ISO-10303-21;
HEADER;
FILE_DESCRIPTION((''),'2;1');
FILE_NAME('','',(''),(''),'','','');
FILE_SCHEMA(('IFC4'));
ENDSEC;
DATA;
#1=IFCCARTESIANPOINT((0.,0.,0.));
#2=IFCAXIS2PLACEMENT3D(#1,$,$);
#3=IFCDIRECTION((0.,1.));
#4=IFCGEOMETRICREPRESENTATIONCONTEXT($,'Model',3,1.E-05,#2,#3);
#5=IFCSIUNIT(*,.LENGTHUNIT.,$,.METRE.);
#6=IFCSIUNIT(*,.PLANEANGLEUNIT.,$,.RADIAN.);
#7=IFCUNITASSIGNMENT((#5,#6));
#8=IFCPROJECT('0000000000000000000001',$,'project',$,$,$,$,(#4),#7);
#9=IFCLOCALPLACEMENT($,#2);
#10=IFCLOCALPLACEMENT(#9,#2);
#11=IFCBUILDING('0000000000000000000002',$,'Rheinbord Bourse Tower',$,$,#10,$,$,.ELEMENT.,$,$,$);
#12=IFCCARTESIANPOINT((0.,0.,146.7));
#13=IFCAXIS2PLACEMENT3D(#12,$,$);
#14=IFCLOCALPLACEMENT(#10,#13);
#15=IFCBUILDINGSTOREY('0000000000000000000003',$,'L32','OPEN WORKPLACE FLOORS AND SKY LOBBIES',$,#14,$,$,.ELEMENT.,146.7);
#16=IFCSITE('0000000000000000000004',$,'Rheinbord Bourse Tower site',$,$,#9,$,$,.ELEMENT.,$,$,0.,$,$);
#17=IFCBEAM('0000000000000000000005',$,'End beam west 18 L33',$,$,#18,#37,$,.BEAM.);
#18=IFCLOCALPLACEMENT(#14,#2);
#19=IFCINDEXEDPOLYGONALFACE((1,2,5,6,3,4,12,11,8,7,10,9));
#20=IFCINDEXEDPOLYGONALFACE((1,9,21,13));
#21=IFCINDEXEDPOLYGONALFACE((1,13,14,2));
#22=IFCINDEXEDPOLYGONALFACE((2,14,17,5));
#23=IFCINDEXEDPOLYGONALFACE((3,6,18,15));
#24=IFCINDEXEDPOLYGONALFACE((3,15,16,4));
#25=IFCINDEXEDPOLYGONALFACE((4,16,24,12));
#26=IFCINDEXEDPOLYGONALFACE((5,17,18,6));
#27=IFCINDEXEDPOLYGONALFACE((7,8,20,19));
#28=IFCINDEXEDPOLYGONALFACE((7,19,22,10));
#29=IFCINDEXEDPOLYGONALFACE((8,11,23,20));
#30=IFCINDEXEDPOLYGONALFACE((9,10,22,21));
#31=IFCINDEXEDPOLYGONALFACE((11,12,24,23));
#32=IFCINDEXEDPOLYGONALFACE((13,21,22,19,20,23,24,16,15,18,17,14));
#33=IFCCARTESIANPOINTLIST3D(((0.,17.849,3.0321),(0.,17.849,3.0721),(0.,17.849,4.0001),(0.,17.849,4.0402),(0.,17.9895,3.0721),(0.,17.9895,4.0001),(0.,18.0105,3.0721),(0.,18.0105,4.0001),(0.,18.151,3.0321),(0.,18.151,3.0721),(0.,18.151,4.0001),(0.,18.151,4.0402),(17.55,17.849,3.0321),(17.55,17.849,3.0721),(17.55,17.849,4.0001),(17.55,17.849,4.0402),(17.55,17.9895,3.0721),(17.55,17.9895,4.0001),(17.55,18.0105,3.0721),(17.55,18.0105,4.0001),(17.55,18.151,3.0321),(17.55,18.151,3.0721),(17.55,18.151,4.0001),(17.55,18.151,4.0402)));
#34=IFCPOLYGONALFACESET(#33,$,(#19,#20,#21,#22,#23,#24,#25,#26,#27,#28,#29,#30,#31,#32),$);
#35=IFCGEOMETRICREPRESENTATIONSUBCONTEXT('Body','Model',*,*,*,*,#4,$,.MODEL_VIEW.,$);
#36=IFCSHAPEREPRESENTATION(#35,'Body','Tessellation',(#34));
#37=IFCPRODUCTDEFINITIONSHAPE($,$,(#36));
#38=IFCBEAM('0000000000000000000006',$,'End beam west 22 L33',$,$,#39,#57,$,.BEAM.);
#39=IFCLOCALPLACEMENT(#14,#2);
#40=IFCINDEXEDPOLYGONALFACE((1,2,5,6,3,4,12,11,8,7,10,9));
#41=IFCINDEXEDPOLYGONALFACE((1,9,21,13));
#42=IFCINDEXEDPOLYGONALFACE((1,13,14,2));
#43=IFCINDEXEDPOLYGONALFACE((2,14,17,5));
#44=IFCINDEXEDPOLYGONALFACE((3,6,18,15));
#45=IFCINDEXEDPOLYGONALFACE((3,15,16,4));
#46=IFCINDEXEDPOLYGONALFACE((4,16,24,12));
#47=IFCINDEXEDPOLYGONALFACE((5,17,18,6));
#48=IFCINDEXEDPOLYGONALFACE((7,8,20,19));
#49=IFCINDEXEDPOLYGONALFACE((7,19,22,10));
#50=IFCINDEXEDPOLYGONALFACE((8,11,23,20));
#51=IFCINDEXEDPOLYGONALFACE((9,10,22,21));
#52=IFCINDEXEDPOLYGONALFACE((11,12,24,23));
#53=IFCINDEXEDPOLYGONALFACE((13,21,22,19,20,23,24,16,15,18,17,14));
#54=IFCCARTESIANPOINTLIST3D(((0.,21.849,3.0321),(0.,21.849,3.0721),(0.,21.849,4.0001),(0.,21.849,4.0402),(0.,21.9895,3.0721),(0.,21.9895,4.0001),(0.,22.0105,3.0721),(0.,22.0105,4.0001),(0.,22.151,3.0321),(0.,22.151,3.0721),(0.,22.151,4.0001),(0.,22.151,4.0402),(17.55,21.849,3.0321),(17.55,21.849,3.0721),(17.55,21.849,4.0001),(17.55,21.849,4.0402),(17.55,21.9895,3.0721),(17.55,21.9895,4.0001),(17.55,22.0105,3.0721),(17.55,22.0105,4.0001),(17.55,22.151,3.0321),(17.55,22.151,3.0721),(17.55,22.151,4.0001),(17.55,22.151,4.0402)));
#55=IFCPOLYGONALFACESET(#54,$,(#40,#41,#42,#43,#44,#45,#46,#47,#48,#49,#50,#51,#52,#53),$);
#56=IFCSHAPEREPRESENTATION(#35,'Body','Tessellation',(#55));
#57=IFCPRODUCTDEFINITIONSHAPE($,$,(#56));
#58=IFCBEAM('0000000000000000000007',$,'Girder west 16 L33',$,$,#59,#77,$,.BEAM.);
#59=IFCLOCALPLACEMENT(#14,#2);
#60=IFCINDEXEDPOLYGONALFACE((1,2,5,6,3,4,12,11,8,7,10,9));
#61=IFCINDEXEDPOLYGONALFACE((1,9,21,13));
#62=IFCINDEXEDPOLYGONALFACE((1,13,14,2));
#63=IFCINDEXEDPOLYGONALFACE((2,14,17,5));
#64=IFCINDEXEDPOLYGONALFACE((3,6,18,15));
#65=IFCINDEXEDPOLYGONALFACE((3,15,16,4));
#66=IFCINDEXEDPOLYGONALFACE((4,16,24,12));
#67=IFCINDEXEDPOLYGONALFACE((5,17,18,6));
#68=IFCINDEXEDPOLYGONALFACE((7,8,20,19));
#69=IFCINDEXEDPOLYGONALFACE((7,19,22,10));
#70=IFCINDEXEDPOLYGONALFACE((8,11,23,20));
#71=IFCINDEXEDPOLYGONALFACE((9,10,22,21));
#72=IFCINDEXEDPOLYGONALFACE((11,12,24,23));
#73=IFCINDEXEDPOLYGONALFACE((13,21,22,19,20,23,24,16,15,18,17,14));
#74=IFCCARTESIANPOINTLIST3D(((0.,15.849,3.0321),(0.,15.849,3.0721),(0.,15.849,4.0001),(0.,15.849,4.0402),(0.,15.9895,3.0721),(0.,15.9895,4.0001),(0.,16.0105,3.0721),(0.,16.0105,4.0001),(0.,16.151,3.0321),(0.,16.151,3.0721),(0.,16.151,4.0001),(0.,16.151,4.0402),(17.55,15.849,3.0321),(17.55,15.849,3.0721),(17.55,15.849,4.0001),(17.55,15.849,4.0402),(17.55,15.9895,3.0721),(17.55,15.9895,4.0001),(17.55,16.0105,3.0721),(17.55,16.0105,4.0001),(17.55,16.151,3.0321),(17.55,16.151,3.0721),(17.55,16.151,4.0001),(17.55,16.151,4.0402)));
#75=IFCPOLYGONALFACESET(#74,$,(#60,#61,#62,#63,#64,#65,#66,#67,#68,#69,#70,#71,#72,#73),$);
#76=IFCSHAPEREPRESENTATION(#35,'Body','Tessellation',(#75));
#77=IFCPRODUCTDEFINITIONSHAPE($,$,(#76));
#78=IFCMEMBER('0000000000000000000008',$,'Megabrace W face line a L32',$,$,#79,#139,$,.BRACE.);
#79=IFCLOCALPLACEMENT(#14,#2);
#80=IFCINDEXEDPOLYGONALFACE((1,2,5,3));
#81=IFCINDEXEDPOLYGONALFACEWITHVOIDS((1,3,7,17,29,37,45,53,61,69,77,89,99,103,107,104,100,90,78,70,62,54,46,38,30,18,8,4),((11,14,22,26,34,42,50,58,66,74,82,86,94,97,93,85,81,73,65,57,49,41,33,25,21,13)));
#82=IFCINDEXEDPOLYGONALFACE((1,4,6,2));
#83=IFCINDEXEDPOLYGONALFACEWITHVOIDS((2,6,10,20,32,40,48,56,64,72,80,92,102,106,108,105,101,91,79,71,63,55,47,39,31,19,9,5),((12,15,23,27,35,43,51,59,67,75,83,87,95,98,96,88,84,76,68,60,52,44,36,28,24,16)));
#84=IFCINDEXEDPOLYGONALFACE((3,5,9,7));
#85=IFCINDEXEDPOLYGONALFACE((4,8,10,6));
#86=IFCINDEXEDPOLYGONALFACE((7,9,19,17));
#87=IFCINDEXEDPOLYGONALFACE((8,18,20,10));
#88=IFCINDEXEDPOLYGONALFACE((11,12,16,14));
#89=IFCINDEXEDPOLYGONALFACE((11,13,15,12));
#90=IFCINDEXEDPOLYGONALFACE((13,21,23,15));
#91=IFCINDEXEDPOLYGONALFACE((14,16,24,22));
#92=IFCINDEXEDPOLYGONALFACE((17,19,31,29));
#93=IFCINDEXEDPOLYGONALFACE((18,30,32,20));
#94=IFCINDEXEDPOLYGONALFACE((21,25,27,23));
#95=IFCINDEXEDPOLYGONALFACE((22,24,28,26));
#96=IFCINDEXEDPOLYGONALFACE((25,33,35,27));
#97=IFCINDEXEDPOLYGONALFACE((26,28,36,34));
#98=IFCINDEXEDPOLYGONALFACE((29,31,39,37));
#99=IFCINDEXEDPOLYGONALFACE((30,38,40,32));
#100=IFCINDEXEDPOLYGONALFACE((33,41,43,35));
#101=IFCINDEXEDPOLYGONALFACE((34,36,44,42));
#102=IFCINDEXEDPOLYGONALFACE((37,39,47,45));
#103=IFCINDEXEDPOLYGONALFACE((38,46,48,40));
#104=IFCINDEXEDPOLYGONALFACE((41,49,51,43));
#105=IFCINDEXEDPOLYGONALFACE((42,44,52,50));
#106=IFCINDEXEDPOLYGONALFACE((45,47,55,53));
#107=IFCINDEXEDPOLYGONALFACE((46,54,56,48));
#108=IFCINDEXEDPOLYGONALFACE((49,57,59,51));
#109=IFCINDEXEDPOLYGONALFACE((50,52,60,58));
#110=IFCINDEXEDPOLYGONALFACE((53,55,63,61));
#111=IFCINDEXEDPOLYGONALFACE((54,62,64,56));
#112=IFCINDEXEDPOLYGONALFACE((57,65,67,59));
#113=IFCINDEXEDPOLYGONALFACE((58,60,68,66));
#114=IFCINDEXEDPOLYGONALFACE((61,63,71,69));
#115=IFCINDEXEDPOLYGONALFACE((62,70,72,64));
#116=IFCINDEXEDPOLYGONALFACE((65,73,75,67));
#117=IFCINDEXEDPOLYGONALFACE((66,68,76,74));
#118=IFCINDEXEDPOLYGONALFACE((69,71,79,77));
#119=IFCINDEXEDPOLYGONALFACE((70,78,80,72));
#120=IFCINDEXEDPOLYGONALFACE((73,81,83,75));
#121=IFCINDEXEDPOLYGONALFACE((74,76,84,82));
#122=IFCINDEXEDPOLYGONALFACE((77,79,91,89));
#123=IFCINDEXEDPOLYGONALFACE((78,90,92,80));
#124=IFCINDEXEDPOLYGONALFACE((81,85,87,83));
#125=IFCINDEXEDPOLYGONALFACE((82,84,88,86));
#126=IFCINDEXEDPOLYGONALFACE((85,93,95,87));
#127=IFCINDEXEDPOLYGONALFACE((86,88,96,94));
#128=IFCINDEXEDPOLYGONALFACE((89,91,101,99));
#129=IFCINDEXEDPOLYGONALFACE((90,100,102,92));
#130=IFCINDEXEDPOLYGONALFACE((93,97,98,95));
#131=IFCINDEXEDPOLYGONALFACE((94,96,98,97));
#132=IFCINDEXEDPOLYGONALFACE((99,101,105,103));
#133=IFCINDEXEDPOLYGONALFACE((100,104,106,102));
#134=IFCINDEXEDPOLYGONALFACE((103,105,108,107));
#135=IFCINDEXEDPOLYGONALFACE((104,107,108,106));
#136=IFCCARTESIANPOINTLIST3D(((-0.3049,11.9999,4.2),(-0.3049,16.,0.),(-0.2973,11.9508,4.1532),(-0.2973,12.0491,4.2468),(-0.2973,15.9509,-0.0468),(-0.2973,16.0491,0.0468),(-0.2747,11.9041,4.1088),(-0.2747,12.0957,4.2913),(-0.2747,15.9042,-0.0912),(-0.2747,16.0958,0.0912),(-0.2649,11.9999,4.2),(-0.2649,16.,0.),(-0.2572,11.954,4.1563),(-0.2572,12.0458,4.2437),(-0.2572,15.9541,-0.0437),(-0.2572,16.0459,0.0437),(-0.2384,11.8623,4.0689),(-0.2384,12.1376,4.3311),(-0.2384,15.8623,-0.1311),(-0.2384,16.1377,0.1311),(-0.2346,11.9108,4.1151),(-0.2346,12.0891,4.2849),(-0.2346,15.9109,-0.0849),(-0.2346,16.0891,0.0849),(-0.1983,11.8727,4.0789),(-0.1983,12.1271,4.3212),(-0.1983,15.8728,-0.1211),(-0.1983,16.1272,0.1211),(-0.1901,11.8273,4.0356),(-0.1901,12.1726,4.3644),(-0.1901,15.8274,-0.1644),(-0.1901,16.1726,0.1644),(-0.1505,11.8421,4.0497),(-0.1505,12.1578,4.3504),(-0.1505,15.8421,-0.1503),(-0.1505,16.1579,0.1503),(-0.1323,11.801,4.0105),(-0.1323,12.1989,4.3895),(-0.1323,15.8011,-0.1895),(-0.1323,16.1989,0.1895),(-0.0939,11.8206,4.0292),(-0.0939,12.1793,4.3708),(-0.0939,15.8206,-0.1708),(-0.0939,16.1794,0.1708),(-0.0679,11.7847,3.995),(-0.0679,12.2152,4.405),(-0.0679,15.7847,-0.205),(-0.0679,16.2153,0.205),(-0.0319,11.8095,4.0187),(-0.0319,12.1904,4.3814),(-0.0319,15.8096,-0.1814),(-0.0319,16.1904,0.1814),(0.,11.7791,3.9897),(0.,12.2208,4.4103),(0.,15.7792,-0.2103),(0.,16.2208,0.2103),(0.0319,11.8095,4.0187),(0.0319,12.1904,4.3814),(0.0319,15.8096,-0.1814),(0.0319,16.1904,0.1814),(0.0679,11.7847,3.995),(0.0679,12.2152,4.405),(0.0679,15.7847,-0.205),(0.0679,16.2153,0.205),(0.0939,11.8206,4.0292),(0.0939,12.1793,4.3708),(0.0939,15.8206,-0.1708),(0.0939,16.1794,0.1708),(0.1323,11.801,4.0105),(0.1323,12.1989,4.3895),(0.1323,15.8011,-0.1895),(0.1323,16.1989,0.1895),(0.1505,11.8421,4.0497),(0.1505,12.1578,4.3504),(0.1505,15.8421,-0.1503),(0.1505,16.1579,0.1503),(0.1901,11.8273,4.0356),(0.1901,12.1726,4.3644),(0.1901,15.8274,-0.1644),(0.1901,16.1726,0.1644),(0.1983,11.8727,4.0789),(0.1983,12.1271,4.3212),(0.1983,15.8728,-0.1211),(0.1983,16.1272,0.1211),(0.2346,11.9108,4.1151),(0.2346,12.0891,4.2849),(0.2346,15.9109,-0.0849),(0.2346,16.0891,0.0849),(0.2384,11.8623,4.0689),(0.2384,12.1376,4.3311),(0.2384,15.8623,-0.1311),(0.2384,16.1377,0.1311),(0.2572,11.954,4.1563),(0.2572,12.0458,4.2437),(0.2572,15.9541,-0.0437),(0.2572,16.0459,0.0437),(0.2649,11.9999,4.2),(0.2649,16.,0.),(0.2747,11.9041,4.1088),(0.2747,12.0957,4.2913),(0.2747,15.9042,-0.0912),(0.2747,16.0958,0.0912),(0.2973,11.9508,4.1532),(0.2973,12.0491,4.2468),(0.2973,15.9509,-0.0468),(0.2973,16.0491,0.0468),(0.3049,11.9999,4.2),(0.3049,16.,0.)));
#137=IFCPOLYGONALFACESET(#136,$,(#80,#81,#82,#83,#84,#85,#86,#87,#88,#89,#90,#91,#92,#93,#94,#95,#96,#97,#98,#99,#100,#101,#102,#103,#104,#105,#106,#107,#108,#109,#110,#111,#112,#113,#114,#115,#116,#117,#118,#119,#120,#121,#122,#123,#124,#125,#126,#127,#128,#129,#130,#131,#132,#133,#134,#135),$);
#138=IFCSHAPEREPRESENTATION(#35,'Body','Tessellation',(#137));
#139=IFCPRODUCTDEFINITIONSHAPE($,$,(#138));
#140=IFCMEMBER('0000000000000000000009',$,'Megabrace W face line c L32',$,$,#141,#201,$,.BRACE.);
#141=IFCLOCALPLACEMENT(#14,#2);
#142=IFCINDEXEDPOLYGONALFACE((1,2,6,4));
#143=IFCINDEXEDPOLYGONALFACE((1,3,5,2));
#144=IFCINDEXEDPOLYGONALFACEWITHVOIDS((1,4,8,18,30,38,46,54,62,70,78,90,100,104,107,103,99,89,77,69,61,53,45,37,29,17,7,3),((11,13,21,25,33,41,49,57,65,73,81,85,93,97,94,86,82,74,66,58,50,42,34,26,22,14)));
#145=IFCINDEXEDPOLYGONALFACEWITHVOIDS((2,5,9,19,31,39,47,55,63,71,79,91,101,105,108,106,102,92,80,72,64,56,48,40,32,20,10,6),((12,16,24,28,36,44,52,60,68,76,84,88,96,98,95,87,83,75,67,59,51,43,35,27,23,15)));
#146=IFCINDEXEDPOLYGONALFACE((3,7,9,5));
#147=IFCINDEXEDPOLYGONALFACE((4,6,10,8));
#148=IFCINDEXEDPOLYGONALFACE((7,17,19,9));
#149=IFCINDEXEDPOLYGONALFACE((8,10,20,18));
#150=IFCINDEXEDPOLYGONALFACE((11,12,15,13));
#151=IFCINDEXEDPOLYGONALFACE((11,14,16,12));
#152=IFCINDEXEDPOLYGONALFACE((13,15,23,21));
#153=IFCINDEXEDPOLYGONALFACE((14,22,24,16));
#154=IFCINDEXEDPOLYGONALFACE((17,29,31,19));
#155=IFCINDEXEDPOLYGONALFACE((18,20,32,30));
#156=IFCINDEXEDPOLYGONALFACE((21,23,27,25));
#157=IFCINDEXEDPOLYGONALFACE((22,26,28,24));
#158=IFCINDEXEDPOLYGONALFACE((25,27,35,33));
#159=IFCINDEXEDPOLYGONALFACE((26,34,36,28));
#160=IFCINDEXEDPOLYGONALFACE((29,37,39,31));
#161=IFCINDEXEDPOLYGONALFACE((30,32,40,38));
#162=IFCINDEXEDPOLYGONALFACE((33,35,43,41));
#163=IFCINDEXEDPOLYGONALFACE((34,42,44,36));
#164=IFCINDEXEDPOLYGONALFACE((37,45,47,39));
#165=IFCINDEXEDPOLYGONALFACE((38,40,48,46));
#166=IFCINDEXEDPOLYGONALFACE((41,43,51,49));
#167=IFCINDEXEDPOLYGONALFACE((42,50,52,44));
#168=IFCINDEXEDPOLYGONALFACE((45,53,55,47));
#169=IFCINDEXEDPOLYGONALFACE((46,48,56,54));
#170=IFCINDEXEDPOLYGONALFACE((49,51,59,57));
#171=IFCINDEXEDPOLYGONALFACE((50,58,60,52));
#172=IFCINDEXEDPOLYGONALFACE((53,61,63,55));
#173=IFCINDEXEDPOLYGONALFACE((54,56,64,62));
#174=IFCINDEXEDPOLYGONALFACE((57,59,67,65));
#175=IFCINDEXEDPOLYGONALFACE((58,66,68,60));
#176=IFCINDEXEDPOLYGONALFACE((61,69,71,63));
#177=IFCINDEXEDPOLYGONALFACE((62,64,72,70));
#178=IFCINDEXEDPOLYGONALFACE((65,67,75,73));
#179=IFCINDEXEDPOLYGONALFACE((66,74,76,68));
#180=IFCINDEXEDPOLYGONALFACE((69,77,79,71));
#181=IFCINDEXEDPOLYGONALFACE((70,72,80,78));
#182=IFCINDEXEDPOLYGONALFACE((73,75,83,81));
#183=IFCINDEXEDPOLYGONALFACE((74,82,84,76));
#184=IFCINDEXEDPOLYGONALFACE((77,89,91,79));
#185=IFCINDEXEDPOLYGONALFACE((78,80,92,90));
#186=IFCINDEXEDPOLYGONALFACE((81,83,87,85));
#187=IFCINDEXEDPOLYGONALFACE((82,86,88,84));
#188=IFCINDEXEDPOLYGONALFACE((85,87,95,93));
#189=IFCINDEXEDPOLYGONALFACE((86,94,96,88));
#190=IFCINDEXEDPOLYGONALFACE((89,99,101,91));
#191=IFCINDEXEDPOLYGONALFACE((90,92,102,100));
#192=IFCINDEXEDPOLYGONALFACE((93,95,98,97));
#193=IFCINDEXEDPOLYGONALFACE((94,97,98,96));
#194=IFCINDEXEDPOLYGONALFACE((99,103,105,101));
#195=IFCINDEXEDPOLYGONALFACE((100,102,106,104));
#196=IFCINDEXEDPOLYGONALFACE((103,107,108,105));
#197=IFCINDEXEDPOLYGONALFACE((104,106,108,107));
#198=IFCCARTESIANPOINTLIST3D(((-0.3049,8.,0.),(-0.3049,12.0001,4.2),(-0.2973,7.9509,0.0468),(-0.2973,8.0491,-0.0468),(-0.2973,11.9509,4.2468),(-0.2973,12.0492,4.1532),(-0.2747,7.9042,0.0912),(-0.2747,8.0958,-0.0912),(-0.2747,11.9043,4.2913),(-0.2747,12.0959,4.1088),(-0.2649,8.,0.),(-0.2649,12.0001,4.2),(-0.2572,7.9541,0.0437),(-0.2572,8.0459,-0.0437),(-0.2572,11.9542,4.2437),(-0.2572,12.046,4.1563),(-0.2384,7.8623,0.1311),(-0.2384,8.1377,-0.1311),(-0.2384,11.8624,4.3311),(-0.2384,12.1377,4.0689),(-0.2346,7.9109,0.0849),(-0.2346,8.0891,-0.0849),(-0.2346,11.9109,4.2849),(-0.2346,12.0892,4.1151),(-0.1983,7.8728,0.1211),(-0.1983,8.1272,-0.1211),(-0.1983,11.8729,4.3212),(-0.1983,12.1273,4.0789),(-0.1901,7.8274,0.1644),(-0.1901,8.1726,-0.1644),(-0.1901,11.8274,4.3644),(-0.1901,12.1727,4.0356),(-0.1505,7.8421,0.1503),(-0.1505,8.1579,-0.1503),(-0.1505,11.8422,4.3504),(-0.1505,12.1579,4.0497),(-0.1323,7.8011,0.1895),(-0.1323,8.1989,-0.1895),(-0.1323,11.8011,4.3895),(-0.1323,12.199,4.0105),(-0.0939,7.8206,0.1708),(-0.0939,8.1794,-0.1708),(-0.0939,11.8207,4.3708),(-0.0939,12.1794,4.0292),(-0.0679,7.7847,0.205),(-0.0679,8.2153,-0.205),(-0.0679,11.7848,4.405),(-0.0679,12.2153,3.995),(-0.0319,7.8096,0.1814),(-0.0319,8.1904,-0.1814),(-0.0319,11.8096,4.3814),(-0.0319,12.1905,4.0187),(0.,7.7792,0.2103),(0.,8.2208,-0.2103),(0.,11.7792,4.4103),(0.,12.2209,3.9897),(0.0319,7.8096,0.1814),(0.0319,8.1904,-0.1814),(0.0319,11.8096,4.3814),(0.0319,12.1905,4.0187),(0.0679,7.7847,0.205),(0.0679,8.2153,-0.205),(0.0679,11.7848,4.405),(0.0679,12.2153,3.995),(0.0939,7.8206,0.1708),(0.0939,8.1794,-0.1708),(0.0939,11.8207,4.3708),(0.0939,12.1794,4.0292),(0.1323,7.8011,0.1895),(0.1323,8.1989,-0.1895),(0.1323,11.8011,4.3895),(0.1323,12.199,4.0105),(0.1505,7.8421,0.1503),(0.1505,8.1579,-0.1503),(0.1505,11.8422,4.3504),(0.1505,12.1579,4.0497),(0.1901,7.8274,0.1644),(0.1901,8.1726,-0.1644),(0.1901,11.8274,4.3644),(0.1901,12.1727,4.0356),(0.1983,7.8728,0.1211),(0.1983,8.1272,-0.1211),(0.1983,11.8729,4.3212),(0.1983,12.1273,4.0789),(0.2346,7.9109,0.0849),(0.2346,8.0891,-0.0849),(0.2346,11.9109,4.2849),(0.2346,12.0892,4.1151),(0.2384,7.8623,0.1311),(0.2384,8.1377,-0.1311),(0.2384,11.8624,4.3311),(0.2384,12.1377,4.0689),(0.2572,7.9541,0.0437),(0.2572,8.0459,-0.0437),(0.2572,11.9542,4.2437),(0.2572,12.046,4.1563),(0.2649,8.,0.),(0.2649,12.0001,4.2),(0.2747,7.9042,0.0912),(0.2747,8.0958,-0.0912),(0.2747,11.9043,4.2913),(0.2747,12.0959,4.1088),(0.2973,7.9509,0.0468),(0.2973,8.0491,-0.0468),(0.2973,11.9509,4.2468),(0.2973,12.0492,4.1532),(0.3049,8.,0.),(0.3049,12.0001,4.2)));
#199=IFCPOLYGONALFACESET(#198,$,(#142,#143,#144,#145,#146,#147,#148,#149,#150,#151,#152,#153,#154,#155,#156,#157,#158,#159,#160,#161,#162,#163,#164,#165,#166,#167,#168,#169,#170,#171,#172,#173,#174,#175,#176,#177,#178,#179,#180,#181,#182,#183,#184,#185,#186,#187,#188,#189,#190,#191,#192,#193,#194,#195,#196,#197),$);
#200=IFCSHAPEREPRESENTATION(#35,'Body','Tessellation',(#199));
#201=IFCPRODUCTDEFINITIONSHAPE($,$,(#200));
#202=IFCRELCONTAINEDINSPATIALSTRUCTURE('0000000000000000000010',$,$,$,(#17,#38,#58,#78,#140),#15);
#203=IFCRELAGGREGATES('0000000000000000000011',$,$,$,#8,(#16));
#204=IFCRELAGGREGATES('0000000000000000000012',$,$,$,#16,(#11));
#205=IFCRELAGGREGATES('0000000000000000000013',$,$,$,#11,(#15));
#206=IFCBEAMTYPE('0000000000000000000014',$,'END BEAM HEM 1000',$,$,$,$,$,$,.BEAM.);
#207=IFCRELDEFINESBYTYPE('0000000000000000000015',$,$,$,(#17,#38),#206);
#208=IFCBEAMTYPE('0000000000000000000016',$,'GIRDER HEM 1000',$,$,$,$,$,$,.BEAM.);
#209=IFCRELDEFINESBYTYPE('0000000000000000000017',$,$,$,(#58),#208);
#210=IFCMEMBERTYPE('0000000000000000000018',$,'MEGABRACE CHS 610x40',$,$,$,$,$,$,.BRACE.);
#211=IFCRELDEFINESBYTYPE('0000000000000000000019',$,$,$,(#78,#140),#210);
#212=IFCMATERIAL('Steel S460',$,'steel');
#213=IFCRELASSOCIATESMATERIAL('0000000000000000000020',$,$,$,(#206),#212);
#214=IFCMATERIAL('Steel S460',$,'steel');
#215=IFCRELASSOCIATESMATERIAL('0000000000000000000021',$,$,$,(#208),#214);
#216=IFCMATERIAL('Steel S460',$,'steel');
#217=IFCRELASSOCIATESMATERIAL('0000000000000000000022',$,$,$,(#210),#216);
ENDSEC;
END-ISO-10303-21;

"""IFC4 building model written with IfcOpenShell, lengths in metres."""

from ifc_helpers import new_model, si_unit, direction, frame, origin, origin_2d, place, context, subcontext, project, spatial, hollow_circle, i_section, extrude, material, material_profile, profile_set, type_object, element, save


model = new_model("IFC4")

# Units and contexts
model_context = context("Model", 3, precision=1e-05, world=origin(), true_north=direction((0.0, 1.0)))
body_context = subcontext(model_context, "Body", "Model", "MODEL_VIEW")
ifc_project = project(units=[si_unit("LENGTHUNIT", "METRE"), si_unit("PLANEANGLEUNIT", "RADIAN")], contexts=[model_context])

# Site, building, storey
site_placement = place(None, origin())
site = spatial("IfcSite", under=ifc_project, at=site_placement, Name="Rheinbord Bourse Tower site", CompositionType="ELEMENT", RefElevation=0.0)
building_placement = place(site_placement, origin())
building = spatial("IfcBuilding", under=site, at=building_placement, Name="Rheinbord Bourse Tower", CompositionType="ELEMENT")
storey_placement = place(building_placement, frame((0.0, 0.0, 146.7)))
storey = spatial("IfcBuildingStorey", under=building, at=storey_placement, Name="L32", Description="OPEN WORKPLACE FLOORS AND SKY LOBBIES", CompositionType="ELEMENT", Elevation=146.7)

# Beams
ifc_material_1 = material(Name="Steel S460", Category="steel")
ifc_material_profile_1 = material_profile(ifc_material_1, i_section(OverallWidth=0.302, OverallDepth=1.0081, WebThickness=0.021, FlangeThickness=0.04, at=origin_2d()), Name="HEM 1000")
ifc_profile_set_1 = profile_set([ifc_material_profile_1], Name="Steel S460")
beam_type_1 = type_object("IfcBeamType", Name="END BEAM HEM 1000", PredefinedType="BEAM", material=ifc_profile_set_1)
for number, where, z_axis, x_axis, name in (
    (1, (0.0, 18.0, 3.5361), (1.0, 0.0, 0.0), (0.0, 1.0, 0.0), "End beam west 18 L33"),
    (2, (0.0, 22.0, 3.5361), (1.0, 0.0, 0.0), (0.0, 1.0, 0.0), "End beam west 22 L33"),
):
    element("IfcBeam", number, at=place(storey_placement, frame(where, z_axis=z_axis, x_axis=x_axis)), inside=storey, type_object=beam_type_1, Name=name, PredefinedType="BEAM", context=body_context, shape_type="SweptSolid", body=[
        extrude(i_section(OverallWidth=0.302, OverallDepth=1.0081, WebThickness=0.021, FlangeThickness=0.04, at=origin_2d()), origin(), (0.0, 0.0, 1.0), 17.55),
    ])
ifc_material_2 = material(Name="Steel S460", Category="steel")
ifc_material_profile_2 = material_profile(ifc_material_2, i_section(OverallWidth=0.302, OverallDepth=1.0081, WebThickness=0.021, FlangeThickness=0.04, at=origin_2d()), Name="HEM 1000")
ifc_profile_set_2 = profile_set([ifc_material_profile_2], Name="Steel S460")
beam_type_2 = type_object("IfcBeamType", Name="GIRDER HEM 1000", PredefinedType="BEAM", material=ifc_profile_set_2)
beam_placement = place(storey_placement, frame((0.0, 16.0, 3.5361), z_axis=(1.0, 0.0, 0.0), x_axis=(0.0, 1.0, 0.0)))
element("IfcBeam", 3, at=beam_placement, inside=storey, type_object=beam_type_2, Name="Girder west 16 L33", PredefinedType="BEAM", context=body_context, shape_type="SweptSolid", body=[
    extrude(i_section(OverallWidth=0.302, OverallDepth=1.0081, WebThickness=0.021, FlangeThickness=0.04, at=origin_2d()), origin(), (0.0, 0.0, 1.0), 17.55),
])

# Members
ifc_material_3 = material(Name="Steel S460", Category="steel")
ifc_material_profile_3 = material_profile(ifc_material_3, hollow_circle(Radius=0.3049, WallThickness=0.04, at=origin_2d()), Name="CHS 610x40")
ifc_profile_set_3 = profile_set([ifc_material_profile_3], Name="Steel S460")
member_type_1 = type_object("IfcMemberType", Name="MEGABRACE CHS 610x40", PredefinedType="BRACE", material=ifc_profile_set_3)
for number, where, z_axis, x_axis, name in (
    (4, (0.0, 16.0, 0.0), (0.0, -0.689659, 0.724134), (1.0, 0.0, 0.0), "Megabrace W face line a L32"),
    (5, (0.0, 8.0, 0.0), (0.0, 0.689659, 0.724134), (-1.0, 0.0, 0.0), "Megabrace W face line c L32"),
):
    element("IfcMember", number, at=place(storey_placement, frame(where, z_axis=z_axis, x_axis=x_axis)), inside=storey, type_object=member_type_1, Name=name, PredefinedType="BRACE", context=body_context, shape_type="SweptSolid", body=[
        extrude(hollow_circle(Radius=0.3049, WallThickness=0.04, at=origin_2d()), origin(), (0.0, 0.0, 1.0), 5.8),
    ])

save(model, "model.ifc")
